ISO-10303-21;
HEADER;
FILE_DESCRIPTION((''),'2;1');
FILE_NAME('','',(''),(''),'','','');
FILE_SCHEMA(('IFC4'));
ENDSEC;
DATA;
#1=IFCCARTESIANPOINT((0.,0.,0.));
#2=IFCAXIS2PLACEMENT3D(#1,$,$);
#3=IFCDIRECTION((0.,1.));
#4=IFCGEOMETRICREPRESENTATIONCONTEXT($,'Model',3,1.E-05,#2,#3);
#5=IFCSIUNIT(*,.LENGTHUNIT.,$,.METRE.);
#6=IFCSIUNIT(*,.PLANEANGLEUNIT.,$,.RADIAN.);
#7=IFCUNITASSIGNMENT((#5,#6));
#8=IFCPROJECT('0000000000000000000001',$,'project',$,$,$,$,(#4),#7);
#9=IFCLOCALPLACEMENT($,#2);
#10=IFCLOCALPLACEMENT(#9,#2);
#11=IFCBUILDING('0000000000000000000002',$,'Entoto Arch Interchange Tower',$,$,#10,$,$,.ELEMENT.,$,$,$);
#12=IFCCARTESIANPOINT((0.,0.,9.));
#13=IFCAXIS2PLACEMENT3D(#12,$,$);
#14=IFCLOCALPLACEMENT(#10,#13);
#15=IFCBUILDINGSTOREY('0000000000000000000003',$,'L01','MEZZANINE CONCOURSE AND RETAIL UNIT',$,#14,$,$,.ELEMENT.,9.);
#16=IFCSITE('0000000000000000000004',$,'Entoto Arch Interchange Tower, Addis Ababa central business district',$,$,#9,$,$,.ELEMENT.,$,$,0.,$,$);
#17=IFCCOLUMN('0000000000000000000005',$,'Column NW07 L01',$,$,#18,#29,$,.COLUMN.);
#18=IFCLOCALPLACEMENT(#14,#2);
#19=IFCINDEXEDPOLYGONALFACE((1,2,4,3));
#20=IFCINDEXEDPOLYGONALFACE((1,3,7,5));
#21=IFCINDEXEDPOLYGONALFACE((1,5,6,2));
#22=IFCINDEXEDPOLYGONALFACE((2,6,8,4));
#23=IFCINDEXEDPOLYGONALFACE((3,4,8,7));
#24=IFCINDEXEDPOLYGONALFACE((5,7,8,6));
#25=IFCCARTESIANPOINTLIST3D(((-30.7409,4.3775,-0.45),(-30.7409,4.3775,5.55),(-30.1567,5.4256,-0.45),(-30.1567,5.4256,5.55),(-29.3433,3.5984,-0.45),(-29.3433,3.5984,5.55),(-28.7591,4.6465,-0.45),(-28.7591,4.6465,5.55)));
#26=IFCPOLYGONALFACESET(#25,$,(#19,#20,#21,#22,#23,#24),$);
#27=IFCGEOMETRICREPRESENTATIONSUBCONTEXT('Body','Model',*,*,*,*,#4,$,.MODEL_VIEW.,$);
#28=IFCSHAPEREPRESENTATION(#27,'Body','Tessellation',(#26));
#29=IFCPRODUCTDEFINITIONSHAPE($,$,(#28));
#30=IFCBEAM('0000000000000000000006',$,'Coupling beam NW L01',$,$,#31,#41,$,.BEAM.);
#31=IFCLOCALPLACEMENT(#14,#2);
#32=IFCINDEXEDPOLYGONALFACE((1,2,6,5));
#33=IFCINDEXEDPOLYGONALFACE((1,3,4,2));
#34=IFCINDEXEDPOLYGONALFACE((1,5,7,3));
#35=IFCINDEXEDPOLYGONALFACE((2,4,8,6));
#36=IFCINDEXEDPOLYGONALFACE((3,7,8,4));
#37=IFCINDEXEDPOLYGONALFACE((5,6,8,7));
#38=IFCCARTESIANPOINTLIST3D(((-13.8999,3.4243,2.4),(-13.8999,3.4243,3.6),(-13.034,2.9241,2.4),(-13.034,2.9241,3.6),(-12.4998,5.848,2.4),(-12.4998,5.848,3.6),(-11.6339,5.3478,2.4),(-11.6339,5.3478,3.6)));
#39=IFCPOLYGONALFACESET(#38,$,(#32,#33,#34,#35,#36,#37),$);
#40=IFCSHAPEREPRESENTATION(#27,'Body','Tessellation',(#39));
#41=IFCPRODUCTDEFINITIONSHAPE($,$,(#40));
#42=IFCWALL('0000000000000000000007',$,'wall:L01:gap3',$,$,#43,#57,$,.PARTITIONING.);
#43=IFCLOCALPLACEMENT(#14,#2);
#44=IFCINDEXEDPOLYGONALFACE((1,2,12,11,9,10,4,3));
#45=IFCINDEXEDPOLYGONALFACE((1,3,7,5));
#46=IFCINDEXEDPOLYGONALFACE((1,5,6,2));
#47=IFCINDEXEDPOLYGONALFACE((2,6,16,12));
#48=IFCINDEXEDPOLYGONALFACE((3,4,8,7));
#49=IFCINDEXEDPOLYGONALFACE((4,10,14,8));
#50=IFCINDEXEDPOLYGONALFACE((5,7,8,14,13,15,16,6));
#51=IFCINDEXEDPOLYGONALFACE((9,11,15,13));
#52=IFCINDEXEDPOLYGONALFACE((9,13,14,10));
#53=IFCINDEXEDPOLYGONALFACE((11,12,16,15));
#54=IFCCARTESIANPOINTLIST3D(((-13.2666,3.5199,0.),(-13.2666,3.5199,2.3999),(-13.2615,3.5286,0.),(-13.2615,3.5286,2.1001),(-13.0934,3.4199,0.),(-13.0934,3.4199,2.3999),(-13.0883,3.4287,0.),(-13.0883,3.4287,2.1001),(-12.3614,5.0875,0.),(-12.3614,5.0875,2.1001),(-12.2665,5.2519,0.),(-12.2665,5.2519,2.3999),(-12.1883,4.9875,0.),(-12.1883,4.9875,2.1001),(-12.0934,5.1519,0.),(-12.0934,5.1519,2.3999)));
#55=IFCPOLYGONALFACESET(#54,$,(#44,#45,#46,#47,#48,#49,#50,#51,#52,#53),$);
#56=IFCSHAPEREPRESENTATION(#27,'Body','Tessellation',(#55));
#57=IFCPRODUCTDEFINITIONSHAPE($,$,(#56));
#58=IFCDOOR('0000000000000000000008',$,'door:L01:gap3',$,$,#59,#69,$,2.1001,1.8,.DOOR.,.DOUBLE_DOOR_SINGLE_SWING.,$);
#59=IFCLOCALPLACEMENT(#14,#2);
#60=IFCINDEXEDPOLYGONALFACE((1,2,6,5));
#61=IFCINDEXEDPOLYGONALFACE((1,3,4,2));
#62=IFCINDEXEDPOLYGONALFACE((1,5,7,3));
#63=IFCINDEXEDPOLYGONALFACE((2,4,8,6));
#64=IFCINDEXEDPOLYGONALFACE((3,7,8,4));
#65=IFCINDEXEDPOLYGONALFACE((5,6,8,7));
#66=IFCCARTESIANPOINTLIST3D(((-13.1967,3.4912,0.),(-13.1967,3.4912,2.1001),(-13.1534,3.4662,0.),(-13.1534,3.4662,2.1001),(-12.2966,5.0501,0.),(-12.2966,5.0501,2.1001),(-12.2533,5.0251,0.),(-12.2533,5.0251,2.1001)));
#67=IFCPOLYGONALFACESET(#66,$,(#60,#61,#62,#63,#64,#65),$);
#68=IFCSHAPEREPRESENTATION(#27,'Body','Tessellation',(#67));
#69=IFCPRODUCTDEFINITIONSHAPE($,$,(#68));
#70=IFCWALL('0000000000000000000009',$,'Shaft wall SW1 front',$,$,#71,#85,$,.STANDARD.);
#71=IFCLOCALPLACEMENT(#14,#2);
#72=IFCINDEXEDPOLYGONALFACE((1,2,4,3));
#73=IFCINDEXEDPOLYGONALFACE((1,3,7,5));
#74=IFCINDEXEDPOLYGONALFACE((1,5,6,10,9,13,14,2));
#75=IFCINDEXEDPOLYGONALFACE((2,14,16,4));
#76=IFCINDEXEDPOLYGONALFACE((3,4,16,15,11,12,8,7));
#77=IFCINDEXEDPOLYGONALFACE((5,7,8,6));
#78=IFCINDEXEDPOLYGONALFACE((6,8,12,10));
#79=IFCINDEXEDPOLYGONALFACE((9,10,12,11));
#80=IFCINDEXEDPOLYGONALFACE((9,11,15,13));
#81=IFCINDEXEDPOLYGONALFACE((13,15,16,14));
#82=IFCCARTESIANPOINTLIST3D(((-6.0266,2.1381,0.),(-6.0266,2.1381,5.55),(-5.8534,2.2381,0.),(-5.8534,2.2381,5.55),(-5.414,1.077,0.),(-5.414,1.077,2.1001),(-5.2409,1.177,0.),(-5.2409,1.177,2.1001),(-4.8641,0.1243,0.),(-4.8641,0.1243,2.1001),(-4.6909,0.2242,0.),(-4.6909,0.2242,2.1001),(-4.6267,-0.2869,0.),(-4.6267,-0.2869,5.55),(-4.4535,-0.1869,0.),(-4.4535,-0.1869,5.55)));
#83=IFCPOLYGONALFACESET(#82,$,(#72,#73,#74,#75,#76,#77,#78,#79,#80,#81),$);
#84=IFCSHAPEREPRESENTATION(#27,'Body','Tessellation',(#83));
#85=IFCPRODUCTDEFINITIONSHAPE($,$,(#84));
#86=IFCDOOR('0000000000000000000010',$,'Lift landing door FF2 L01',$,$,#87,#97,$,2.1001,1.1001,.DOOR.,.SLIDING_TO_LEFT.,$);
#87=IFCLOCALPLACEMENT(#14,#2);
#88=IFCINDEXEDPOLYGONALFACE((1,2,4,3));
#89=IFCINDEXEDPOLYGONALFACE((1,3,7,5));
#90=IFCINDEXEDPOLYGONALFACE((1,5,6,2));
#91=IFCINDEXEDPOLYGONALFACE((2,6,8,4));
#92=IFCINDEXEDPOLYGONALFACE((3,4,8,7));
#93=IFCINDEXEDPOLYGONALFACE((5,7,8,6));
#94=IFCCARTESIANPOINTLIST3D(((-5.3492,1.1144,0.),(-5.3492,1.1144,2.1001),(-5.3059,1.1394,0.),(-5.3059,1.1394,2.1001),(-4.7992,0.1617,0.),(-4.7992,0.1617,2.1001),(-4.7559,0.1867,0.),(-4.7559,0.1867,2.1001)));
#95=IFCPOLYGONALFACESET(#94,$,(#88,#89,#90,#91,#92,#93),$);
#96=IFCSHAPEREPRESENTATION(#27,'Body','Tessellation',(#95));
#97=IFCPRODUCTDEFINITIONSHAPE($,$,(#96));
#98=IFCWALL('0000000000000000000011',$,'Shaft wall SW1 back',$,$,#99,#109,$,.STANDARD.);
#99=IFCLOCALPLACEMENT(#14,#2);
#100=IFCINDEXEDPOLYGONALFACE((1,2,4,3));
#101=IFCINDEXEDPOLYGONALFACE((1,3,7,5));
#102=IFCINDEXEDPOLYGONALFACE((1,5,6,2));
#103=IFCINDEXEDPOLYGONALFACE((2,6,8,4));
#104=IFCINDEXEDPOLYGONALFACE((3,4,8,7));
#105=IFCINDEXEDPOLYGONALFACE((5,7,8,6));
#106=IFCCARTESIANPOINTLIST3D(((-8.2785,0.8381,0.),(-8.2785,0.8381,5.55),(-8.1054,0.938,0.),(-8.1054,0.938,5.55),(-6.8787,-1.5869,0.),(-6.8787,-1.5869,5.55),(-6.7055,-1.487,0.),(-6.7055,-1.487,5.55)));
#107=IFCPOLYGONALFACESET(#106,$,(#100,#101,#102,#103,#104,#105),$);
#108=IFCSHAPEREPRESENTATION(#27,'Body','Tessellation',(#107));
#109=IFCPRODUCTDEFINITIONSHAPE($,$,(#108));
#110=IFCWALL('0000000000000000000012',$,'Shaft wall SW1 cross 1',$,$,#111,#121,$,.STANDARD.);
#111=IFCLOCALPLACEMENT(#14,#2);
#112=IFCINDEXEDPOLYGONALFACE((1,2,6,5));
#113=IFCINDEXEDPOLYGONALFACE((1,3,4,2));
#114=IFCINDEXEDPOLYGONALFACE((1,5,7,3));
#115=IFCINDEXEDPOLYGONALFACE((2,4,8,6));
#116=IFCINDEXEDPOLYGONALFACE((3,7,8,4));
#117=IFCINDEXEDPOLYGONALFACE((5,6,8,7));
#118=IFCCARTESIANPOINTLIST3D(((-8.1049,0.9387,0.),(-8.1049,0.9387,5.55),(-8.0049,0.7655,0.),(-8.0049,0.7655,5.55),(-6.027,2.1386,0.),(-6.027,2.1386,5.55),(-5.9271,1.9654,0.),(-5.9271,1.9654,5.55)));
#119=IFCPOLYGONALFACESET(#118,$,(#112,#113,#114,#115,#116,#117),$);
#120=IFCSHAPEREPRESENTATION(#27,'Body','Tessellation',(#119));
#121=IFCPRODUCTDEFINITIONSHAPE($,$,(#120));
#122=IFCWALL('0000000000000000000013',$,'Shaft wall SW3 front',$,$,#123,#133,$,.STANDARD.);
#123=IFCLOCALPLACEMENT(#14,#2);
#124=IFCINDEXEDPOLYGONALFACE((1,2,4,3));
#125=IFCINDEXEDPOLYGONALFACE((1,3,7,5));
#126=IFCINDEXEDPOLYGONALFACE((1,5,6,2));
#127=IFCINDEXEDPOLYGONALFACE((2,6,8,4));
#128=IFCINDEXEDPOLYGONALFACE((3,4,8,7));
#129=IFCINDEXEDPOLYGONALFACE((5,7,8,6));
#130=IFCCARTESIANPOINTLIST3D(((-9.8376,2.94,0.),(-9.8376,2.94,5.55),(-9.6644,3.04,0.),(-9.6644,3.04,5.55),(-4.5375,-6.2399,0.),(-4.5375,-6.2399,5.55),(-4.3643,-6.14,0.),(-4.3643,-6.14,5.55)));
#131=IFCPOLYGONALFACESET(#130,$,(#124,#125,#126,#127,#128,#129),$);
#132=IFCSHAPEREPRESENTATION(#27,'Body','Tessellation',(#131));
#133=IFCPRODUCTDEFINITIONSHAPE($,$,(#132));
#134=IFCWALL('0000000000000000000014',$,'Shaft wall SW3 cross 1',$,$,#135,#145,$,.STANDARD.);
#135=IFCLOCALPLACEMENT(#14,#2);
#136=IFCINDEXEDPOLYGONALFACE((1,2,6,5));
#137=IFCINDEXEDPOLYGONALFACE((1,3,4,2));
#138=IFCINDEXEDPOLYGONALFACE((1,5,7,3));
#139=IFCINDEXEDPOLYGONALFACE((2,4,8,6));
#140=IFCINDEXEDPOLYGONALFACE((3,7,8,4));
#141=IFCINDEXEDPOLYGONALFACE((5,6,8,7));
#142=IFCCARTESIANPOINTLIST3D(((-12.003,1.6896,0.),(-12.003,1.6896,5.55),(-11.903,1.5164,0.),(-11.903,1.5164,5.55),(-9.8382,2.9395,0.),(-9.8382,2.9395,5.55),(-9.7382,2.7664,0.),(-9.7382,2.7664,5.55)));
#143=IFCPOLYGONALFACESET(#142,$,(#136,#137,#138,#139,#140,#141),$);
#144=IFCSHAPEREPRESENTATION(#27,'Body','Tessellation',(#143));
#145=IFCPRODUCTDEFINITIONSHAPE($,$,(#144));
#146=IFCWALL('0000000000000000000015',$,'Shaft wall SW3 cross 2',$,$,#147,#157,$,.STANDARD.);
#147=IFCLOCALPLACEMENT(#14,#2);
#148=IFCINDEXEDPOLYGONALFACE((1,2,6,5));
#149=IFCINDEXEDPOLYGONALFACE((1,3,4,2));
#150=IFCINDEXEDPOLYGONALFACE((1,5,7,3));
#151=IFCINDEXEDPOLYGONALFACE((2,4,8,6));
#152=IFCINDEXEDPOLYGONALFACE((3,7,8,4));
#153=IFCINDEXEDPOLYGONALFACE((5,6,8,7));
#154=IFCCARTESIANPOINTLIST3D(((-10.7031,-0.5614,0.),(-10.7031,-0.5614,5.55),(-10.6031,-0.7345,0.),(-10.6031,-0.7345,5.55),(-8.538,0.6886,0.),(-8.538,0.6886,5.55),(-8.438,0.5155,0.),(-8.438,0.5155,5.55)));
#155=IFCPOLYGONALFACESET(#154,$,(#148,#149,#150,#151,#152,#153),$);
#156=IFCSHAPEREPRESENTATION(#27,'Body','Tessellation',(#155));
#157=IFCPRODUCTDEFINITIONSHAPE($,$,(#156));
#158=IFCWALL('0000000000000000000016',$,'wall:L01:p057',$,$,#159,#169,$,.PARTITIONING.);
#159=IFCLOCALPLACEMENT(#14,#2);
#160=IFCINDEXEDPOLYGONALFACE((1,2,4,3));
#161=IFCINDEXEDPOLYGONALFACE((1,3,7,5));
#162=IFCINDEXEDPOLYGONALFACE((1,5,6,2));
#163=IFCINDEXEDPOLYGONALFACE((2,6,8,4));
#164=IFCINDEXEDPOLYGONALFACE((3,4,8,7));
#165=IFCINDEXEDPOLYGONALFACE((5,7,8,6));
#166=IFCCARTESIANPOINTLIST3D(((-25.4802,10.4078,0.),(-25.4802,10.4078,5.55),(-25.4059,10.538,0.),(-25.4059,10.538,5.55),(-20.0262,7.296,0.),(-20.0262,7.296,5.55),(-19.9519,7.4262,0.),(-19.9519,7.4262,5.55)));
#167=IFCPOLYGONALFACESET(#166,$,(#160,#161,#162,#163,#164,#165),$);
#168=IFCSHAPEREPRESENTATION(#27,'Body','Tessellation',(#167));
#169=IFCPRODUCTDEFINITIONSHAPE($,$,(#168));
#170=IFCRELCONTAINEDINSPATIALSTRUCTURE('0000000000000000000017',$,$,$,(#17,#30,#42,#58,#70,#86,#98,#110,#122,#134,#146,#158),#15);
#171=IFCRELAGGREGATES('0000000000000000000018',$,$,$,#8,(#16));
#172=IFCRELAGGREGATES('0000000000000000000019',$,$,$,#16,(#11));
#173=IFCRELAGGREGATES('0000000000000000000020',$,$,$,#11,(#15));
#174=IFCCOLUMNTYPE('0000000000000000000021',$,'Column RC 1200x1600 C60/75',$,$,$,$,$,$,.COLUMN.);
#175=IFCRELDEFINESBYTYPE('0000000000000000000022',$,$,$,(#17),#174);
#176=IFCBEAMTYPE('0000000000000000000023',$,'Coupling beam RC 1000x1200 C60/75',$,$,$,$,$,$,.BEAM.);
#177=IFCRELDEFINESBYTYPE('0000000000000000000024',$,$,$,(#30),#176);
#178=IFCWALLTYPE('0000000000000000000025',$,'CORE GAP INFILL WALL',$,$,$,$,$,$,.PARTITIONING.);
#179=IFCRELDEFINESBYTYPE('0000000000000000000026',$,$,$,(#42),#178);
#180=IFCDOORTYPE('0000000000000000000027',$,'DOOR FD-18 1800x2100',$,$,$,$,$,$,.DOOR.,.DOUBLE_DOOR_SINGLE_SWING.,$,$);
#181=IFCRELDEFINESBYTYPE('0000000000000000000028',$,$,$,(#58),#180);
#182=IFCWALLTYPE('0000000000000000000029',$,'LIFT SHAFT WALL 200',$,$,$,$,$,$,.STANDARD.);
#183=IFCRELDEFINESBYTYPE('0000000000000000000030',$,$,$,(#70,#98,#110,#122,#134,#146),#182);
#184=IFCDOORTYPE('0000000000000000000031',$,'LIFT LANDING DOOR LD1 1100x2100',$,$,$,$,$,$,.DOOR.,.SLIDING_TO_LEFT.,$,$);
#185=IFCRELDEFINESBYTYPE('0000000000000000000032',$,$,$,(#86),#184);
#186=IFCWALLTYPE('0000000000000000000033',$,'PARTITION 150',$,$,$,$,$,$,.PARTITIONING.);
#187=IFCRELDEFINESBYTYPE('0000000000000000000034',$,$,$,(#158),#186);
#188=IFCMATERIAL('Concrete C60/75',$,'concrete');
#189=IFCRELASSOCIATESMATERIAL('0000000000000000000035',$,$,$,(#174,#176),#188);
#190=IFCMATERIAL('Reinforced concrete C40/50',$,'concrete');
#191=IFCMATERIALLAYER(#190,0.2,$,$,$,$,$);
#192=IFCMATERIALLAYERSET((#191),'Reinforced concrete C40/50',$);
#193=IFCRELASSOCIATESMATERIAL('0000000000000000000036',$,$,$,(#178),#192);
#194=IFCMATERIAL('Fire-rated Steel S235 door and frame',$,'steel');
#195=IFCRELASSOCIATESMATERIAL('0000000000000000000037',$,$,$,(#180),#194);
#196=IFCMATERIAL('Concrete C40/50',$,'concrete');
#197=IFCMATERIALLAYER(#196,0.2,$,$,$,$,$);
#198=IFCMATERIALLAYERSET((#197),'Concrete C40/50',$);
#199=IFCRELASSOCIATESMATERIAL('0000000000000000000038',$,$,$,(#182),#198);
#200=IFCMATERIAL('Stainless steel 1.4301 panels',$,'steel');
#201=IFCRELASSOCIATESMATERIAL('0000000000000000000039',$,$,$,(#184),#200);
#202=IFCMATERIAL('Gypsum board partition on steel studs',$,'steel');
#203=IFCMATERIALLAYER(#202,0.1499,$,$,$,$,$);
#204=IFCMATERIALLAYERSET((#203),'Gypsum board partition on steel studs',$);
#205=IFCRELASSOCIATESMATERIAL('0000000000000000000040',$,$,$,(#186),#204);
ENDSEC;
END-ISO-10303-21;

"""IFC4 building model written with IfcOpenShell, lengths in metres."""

from ifc_helpers import new_model, si_unit, direction, frame, frame_2d, origin, origin_2d, place, context, subcontext, project, spatial, rectangle, extrude, material, layer, layer_set, material_profile, profile_set, type_object, element, fill, save


model = new_model("IFC4")

# Units and contexts
model_context = context("Model", 3, precision=1e-05, world=origin(), true_north=direction((0.0, 1.0)))
body_context = subcontext(model_context, "Body", "Model", "MODEL_VIEW")
ifc_project = project(units=[si_unit("LENGTHUNIT", "METRE"), si_unit("PLANEANGLEUNIT", "RADIAN")], contexts=[model_context])

# Site, building, storey
site_placement = place(None, origin())
site = spatial("IfcSite", under=ifc_project, at=site_placement, Name="Entoto Arch Interchange Tower, Addis Ababa central business district", CompositionType="ELEMENT", RefElevation=0.0)
building_placement = place(site_placement, origin())
building = spatial("IfcBuilding", under=site, at=building_placement, Name="Entoto Arch Interchange Tower", CompositionType="ELEMENT")
storey_placement = place(building_placement, frame((0.0, 0.0, 9.0)))
storey = spatial("IfcBuildingStorey", under=building, at=storey_placement, Name="L01", Description="MEZZANINE CONCOURSE AND RETAIL UNIT", CompositionType="ELEMENT", Elevation=9.0)

# Column
ifc_material_1 = material(Name="Concrete C60/75", Category="concrete")
ifc_material_profile_1 = material_profile(ifc_material_1, rectangle(XDim=1.2, YDim=1.6001, at=origin_2d()))
ifc_profile_set_1 = profile_set([ifc_material_profile_1], Name="Concrete C60/75")
column_type = type_object("IfcColumnType", Name="Column RC 1200x1600 C60/75", PredefinedType="COLUMN", material=ifc_profile_set_1)
column_placement = place(storey_placement, frame((-29.75, 4.512, -0.45), z_axis=(0.0, 0.0, 1.0), x_axis=(0.486915, 0.873449, 0.0)))
element("IfcColumn", 1, at=column_placement, inside=storey, type_object=column_type, Name="Column NW07 L01", PredefinedType="COLUMN", context=body_context, shape_type="SweptSolid", body=[
    extrude(rectangle(XDim=1.2, YDim=1.6001, at=origin_2d()), origin(), (0.0, 0.0, 1.0), 6.0),
])

# Beam
ifc_material_profile_2 = material_profile(ifc_material_1, rectangle(XDim=1.0, YDim=1.2, at=origin_2d()))
ifc_profile_set_2 = profile_set([ifc_material_profile_2], Name="Concrete C60/75")
beam_type = type_object("IfcBeamType", Name="Coupling beam RC 1000x1200 C60/75", PredefinedType="BEAM", material=ifc_profile_set_2)
beam_placement = place(storey_placement, frame((-12.0669, 5.5979, 3.0), z_axis=(-0.500201, -0.86591, 0.0), x_axis=(0.86591, -0.500201, 0.0)))
element("IfcBeam", 2, at=beam_placement, inside=storey, type_object=beam_type, Name="Coupling beam NW L01", PredefinedType="BEAM", context=body_context, shape_type="SweptSolid", body=[
    extrude(rectangle(XDim=1.0, YDim=1.2, at=origin_2d()), origin(), (0.0, 0.0, 1.0), 2.7991),
])

# Walls, openings, doors
ifc_material_2 = material(Name="Reinforced concrete C40/50", Category="concrete")
ifc_layer_1 = layer(ifc_material_2, 0.2)
ifc_layer_set_1 = layer_set([ifc_layer_1], Name="Reinforced concrete C40/50")
wall_type_1 = type_object("IfcWallType", Name="CORE GAP INFILL WALL", PredefinedType="PARTITIONING", material=ifc_layer_set_1)
wall_1_placement = place(storey_placement, frame((-12.1799, 5.2019, 0.0), z_axis=(0.0, 0.0, 1.0), x_axis=(-0.500025, -0.866011, 0.0)))
wall_1 = element("IfcWall", 3, at=wall_1_placement, inside=storey, type_object=wall_type_1, Name="wall:L01:gap3", PredefinedType="PARTITIONING", context=body_context, shape_type="SweptSolid", body=[
    extrude(rectangle(XDim=2.0, YDim=0.2, at=frame_2d((1.0, 0.0))), origin(), (0.0, 0.0, 1.0), 2.3999),
])
opening_1_placement = place(wall_1_placement, frame((0.1899, 0.0, 0.0)))
opening_1 = element("IfcOpeningElement", 4, at=opening_1_placement, cuts=wall_1, PredefinedType="OPENING", context=body_context, shape_type="SweptSolid", body=[
    extrude(rectangle(XDim=1.8, YDim=2.1001, at=frame_2d((0.8999, 1.05))), frame((0.0, 0.1099, 0.0), z_axis=(0.0, -1.0, 0.0), x_axis=(1.0, 0.0, 0.0)), (0.0, 0.0, 1.0), 0.22),
])
ifc_material_3 = material(Name="Fire-rated Steel S235 door and frame", Category="steel")
door_type_1 = type_object("IfcDoorType", Name="DOOR FD-18 1800x2100", OperationType="DOUBLE_DOOR_SINGLE_SWING", PredefinedType="DOOR", material=ifc_material_3)
door_1_placement = place(opening_1_placement, origin())
door_1 = element("IfcDoor", 5, at=door_1_placement, inside=storey, type_object=door_type_1, Name="door:L01:gap3", OperationType="DOUBLE_DOOR_SINGLE_SWING", OverallHeight=2.1001, OverallWidth=1.8, PredefinedType="DOOR", context=body_context, shape_type="SweptSolid", body=[
    extrude(rectangle(XDim=1.8, YDim=2.1001, at=frame_2d((0.8999, 1.05))), frame((0.0, 0.0249, 0.0), z_axis=(0.0, -1.0, 0.0), x_axis=(1.0, 0.0, 0.0)), (0.0, 0.0, 1.0), 0.05),
])
fill(opening_1, door_1)
ifc_material_4 = material(Name="Concrete C40/50", Category="concrete")
ifc_layer_2 = layer(ifc_material_4, 0.2)
ifc_layer_set_2 = layer_set([ifc_layer_2], Name="Concrete C40/50")
wall_type_2 = type_object("IfcWallType", Name="LIFT SHAFT WALL 200", PredefinedType="STANDARD", material=ifc_layer_set_2)
wall_2_placement = place(storey_placement, frame((-5.9399, 2.188, 0.0), z_axis=(0.0, 0.0, 1.0), x_axis=(0.499946, -0.866056, 0.0)))
wall_2 = element("IfcWall", 6, at=wall_2_placement, inside=storey, type_object=wall_type_2, Name="Shaft wall SW1 front", PredefinedType="STANDARD", context=body_context, shape_type="SweptSolid", body=[
    extrude(rectangle(XDim=2.8, YDim=0.2, at=frame_2d((1.3999, 0.0))), origin(), (0.0, 0.0, 1.0), 5.55),
])
opening_2_placement = place(wall_2_placement, frame((1.2251, 0.0, 0.0)))
opening_2 = element("IfcOpeningElement", 7, at=opening_2_placement, cuts=wall_2, PredefinedType="OPENING", context=body_context, shape_type="SweptSolid", body=[
    extrude(rectangle(XDim=1.1001, YDim=2.1001, at=frame_2d((0.55, 1.05))), frame((0.0, 0.1099, 0.0), z_axis=(0.0, -1.0, 0.0), x_axis=(1.0, 0.0, 0.0)), (0.0, 0.0, 1.0), 0.22),
])
ifc_material_5 = material(Name="Stainless steel 1.4301 panels", Category="steel")
door_type_2 = type_object("IfcDoorType", Name="LIFT LANDING DOOR LD1 1100x2100", OperationType="SLIDING_TO_LEFT", PredefinedType="DOOR", material=ifc_material_5)
door_2_placement = place(opening_2_placement, origin())
door_2 = element("IfcDoor", 8, at=door_2_placement, inside=storey, type_object=door_type_2, Name="Lift landing door FF2 L01", OperationType="SLIDING_TO_LEFT", OverallHeight=2.1001, OverallWidth=1.1001, PredefinedType="DOOR", context=body_context, shape_type="SweptSolid", body=[
    extrude(rectangle(XDim=1.1001, YDim=2.1001, at=frame_2d((0.55, 1.05))), frame((0.0, 0.0249, 0.0), z_axis=(0.0, -1.0, 0.0), x_axis=(1.0, 0.0, 0.0)), (0.0, 0.0, 1.0), 0.05),
])
fill(opening_2, door_2)

# Walls
wall_3_placement = place(storey_placement, frame((-8.1919, 0.8879, 0.0), z_axis=(0.0, 0.0, 1.0), x_axis=(0.499946, -0.866056, 0.0)))
element("IfcWall", 9, at=wall_3_placement, inside=storey, type_object=wall_type_2, Name="Shaft wall SW1 back", PredefinedType="STANDARD", context=body_context, shape_type="SweptSolid", body=[
    extrude(rectangle(XDim=2.8, YDim=0.2, at=frame_2d((1.3999, 0.0))), origin(), (0.0, 0.0, 1.0), 5.55),
])
wall_4_placement = place(storey_placement, frame((-5.9771, 2.052, 0.0), z_axis=(0.0, 0.0, 1.0), x_axis=(-0.865974, -0.500089, 0.0)))
element("IfcWall", 10, at=wall_4_placement, inside=storey, type_object=wall_type_2, Name="Shaft wall SW1 cross 1", PredefinedType="STANDARD", context=body_context, shape_type="SweptSolid", body=[
    extrude(rectangle(XDim=2.3994, YDim=0.2, at=frame_2d((1.1997, 0.0))), origin(), (0.0, 0.0, 1.0), 5.55),
])
wall_5_placement = place(storey_placement, frame((-9.751, 2.99, 0.0), z_axis=(0.0, 0.0, 1.0), x_axis=(0.500001, -0.866025, 0.0)))
element("IfcWall", 11, at=wall_5_placement, inside=storey, type_object=wall_type_2, Name="Shaft wall SW3 front", PredefinedType="STANDARD", context=body_context, shape_type="SweptSolid", body=[
    extrude(rectangle(XDim=10.6001, YDim=0.2, at=frame_2d((5.3, 0.0))), origin(), (0.0, 0.0, 1.0), 5.55),
])
wall_6_placement = place(storey_placement, frame((-9.7881, 2.853, 0.0), z_axis=(0.0, 0.0, 1.0), x_axis=(-0.865999, -0.500047, 0.0)))
element("IfcWall", 12, at=wall_6_placement, inside=storey, type_object=wall_type_2, Name="Shaft wall SW3 cross 1", PredefinedType="STANDARD", context=body_context, shape_type="SweptSolid", body=[
    extrude(rectangle(XDim=2.4998, YDim=0.2, at=frame_2d((1.25, 0.0))), origin(), (0.0, 0.0, 1.0), 5.55),
])
wall_7_placement = place(storey_placement, frame((-8.488, 0.6021, 0.0), z_axis=(0.0, 0.0, 1.0), x_axis=(-0.866023, -0.500004, 0.0)))
element("IfcWall", 13, at=wall_7_placement, inside=storey, type_object=wall_type_2, Name="Shaft wall SW3 cross 2", PredefinedType="STANDARD", context=body_context, shape_type="SweptSolid", body=[
    extrude(rectangle(XDim=2.5, YDim=0.2, at=frame_2d((1.25, 0.0))), origin(), (0.0, 0.0, 1.0), 5.55),
])
ifc_material_6 = material(Name="Gypsum board partition on steel studs", Category="steel")
ifc_layer_3 = layer(ifc_material_6, 0.1499)
ifc_layer_set_3 = layer_set([ifc_layer_3], Name="Gypsum board partition on steel studs")
wall_type_3 = type_object("IfcWallType", Name="PARTITION 150", PredefinedType="PARTITIONING", material=ifc_layer_set_3)
wall_8_placement = place(storey_placement, frame((-19.989, 7.3611, 0.0), z_axis=(0.0, 0.0, 1.0), x_axis=(-0.868573, 0.495561, 0.0)))
element("IfcWall", 14, at=wall_8_placement, inside=storey, type_object=wall_type_3, Name="wall:L01:p057", PredefinedType="PARTITIONING", context=body_context, shape_type="SweptSolid", body=[
    extrude(rectangle(XDim=6.2793, YDim=0.1499, at=frame_2d((3.1396, 0.0))), origin(), (0.0, 0.0, 1.0), 5.55),
])

save(model, "model.ifc")
